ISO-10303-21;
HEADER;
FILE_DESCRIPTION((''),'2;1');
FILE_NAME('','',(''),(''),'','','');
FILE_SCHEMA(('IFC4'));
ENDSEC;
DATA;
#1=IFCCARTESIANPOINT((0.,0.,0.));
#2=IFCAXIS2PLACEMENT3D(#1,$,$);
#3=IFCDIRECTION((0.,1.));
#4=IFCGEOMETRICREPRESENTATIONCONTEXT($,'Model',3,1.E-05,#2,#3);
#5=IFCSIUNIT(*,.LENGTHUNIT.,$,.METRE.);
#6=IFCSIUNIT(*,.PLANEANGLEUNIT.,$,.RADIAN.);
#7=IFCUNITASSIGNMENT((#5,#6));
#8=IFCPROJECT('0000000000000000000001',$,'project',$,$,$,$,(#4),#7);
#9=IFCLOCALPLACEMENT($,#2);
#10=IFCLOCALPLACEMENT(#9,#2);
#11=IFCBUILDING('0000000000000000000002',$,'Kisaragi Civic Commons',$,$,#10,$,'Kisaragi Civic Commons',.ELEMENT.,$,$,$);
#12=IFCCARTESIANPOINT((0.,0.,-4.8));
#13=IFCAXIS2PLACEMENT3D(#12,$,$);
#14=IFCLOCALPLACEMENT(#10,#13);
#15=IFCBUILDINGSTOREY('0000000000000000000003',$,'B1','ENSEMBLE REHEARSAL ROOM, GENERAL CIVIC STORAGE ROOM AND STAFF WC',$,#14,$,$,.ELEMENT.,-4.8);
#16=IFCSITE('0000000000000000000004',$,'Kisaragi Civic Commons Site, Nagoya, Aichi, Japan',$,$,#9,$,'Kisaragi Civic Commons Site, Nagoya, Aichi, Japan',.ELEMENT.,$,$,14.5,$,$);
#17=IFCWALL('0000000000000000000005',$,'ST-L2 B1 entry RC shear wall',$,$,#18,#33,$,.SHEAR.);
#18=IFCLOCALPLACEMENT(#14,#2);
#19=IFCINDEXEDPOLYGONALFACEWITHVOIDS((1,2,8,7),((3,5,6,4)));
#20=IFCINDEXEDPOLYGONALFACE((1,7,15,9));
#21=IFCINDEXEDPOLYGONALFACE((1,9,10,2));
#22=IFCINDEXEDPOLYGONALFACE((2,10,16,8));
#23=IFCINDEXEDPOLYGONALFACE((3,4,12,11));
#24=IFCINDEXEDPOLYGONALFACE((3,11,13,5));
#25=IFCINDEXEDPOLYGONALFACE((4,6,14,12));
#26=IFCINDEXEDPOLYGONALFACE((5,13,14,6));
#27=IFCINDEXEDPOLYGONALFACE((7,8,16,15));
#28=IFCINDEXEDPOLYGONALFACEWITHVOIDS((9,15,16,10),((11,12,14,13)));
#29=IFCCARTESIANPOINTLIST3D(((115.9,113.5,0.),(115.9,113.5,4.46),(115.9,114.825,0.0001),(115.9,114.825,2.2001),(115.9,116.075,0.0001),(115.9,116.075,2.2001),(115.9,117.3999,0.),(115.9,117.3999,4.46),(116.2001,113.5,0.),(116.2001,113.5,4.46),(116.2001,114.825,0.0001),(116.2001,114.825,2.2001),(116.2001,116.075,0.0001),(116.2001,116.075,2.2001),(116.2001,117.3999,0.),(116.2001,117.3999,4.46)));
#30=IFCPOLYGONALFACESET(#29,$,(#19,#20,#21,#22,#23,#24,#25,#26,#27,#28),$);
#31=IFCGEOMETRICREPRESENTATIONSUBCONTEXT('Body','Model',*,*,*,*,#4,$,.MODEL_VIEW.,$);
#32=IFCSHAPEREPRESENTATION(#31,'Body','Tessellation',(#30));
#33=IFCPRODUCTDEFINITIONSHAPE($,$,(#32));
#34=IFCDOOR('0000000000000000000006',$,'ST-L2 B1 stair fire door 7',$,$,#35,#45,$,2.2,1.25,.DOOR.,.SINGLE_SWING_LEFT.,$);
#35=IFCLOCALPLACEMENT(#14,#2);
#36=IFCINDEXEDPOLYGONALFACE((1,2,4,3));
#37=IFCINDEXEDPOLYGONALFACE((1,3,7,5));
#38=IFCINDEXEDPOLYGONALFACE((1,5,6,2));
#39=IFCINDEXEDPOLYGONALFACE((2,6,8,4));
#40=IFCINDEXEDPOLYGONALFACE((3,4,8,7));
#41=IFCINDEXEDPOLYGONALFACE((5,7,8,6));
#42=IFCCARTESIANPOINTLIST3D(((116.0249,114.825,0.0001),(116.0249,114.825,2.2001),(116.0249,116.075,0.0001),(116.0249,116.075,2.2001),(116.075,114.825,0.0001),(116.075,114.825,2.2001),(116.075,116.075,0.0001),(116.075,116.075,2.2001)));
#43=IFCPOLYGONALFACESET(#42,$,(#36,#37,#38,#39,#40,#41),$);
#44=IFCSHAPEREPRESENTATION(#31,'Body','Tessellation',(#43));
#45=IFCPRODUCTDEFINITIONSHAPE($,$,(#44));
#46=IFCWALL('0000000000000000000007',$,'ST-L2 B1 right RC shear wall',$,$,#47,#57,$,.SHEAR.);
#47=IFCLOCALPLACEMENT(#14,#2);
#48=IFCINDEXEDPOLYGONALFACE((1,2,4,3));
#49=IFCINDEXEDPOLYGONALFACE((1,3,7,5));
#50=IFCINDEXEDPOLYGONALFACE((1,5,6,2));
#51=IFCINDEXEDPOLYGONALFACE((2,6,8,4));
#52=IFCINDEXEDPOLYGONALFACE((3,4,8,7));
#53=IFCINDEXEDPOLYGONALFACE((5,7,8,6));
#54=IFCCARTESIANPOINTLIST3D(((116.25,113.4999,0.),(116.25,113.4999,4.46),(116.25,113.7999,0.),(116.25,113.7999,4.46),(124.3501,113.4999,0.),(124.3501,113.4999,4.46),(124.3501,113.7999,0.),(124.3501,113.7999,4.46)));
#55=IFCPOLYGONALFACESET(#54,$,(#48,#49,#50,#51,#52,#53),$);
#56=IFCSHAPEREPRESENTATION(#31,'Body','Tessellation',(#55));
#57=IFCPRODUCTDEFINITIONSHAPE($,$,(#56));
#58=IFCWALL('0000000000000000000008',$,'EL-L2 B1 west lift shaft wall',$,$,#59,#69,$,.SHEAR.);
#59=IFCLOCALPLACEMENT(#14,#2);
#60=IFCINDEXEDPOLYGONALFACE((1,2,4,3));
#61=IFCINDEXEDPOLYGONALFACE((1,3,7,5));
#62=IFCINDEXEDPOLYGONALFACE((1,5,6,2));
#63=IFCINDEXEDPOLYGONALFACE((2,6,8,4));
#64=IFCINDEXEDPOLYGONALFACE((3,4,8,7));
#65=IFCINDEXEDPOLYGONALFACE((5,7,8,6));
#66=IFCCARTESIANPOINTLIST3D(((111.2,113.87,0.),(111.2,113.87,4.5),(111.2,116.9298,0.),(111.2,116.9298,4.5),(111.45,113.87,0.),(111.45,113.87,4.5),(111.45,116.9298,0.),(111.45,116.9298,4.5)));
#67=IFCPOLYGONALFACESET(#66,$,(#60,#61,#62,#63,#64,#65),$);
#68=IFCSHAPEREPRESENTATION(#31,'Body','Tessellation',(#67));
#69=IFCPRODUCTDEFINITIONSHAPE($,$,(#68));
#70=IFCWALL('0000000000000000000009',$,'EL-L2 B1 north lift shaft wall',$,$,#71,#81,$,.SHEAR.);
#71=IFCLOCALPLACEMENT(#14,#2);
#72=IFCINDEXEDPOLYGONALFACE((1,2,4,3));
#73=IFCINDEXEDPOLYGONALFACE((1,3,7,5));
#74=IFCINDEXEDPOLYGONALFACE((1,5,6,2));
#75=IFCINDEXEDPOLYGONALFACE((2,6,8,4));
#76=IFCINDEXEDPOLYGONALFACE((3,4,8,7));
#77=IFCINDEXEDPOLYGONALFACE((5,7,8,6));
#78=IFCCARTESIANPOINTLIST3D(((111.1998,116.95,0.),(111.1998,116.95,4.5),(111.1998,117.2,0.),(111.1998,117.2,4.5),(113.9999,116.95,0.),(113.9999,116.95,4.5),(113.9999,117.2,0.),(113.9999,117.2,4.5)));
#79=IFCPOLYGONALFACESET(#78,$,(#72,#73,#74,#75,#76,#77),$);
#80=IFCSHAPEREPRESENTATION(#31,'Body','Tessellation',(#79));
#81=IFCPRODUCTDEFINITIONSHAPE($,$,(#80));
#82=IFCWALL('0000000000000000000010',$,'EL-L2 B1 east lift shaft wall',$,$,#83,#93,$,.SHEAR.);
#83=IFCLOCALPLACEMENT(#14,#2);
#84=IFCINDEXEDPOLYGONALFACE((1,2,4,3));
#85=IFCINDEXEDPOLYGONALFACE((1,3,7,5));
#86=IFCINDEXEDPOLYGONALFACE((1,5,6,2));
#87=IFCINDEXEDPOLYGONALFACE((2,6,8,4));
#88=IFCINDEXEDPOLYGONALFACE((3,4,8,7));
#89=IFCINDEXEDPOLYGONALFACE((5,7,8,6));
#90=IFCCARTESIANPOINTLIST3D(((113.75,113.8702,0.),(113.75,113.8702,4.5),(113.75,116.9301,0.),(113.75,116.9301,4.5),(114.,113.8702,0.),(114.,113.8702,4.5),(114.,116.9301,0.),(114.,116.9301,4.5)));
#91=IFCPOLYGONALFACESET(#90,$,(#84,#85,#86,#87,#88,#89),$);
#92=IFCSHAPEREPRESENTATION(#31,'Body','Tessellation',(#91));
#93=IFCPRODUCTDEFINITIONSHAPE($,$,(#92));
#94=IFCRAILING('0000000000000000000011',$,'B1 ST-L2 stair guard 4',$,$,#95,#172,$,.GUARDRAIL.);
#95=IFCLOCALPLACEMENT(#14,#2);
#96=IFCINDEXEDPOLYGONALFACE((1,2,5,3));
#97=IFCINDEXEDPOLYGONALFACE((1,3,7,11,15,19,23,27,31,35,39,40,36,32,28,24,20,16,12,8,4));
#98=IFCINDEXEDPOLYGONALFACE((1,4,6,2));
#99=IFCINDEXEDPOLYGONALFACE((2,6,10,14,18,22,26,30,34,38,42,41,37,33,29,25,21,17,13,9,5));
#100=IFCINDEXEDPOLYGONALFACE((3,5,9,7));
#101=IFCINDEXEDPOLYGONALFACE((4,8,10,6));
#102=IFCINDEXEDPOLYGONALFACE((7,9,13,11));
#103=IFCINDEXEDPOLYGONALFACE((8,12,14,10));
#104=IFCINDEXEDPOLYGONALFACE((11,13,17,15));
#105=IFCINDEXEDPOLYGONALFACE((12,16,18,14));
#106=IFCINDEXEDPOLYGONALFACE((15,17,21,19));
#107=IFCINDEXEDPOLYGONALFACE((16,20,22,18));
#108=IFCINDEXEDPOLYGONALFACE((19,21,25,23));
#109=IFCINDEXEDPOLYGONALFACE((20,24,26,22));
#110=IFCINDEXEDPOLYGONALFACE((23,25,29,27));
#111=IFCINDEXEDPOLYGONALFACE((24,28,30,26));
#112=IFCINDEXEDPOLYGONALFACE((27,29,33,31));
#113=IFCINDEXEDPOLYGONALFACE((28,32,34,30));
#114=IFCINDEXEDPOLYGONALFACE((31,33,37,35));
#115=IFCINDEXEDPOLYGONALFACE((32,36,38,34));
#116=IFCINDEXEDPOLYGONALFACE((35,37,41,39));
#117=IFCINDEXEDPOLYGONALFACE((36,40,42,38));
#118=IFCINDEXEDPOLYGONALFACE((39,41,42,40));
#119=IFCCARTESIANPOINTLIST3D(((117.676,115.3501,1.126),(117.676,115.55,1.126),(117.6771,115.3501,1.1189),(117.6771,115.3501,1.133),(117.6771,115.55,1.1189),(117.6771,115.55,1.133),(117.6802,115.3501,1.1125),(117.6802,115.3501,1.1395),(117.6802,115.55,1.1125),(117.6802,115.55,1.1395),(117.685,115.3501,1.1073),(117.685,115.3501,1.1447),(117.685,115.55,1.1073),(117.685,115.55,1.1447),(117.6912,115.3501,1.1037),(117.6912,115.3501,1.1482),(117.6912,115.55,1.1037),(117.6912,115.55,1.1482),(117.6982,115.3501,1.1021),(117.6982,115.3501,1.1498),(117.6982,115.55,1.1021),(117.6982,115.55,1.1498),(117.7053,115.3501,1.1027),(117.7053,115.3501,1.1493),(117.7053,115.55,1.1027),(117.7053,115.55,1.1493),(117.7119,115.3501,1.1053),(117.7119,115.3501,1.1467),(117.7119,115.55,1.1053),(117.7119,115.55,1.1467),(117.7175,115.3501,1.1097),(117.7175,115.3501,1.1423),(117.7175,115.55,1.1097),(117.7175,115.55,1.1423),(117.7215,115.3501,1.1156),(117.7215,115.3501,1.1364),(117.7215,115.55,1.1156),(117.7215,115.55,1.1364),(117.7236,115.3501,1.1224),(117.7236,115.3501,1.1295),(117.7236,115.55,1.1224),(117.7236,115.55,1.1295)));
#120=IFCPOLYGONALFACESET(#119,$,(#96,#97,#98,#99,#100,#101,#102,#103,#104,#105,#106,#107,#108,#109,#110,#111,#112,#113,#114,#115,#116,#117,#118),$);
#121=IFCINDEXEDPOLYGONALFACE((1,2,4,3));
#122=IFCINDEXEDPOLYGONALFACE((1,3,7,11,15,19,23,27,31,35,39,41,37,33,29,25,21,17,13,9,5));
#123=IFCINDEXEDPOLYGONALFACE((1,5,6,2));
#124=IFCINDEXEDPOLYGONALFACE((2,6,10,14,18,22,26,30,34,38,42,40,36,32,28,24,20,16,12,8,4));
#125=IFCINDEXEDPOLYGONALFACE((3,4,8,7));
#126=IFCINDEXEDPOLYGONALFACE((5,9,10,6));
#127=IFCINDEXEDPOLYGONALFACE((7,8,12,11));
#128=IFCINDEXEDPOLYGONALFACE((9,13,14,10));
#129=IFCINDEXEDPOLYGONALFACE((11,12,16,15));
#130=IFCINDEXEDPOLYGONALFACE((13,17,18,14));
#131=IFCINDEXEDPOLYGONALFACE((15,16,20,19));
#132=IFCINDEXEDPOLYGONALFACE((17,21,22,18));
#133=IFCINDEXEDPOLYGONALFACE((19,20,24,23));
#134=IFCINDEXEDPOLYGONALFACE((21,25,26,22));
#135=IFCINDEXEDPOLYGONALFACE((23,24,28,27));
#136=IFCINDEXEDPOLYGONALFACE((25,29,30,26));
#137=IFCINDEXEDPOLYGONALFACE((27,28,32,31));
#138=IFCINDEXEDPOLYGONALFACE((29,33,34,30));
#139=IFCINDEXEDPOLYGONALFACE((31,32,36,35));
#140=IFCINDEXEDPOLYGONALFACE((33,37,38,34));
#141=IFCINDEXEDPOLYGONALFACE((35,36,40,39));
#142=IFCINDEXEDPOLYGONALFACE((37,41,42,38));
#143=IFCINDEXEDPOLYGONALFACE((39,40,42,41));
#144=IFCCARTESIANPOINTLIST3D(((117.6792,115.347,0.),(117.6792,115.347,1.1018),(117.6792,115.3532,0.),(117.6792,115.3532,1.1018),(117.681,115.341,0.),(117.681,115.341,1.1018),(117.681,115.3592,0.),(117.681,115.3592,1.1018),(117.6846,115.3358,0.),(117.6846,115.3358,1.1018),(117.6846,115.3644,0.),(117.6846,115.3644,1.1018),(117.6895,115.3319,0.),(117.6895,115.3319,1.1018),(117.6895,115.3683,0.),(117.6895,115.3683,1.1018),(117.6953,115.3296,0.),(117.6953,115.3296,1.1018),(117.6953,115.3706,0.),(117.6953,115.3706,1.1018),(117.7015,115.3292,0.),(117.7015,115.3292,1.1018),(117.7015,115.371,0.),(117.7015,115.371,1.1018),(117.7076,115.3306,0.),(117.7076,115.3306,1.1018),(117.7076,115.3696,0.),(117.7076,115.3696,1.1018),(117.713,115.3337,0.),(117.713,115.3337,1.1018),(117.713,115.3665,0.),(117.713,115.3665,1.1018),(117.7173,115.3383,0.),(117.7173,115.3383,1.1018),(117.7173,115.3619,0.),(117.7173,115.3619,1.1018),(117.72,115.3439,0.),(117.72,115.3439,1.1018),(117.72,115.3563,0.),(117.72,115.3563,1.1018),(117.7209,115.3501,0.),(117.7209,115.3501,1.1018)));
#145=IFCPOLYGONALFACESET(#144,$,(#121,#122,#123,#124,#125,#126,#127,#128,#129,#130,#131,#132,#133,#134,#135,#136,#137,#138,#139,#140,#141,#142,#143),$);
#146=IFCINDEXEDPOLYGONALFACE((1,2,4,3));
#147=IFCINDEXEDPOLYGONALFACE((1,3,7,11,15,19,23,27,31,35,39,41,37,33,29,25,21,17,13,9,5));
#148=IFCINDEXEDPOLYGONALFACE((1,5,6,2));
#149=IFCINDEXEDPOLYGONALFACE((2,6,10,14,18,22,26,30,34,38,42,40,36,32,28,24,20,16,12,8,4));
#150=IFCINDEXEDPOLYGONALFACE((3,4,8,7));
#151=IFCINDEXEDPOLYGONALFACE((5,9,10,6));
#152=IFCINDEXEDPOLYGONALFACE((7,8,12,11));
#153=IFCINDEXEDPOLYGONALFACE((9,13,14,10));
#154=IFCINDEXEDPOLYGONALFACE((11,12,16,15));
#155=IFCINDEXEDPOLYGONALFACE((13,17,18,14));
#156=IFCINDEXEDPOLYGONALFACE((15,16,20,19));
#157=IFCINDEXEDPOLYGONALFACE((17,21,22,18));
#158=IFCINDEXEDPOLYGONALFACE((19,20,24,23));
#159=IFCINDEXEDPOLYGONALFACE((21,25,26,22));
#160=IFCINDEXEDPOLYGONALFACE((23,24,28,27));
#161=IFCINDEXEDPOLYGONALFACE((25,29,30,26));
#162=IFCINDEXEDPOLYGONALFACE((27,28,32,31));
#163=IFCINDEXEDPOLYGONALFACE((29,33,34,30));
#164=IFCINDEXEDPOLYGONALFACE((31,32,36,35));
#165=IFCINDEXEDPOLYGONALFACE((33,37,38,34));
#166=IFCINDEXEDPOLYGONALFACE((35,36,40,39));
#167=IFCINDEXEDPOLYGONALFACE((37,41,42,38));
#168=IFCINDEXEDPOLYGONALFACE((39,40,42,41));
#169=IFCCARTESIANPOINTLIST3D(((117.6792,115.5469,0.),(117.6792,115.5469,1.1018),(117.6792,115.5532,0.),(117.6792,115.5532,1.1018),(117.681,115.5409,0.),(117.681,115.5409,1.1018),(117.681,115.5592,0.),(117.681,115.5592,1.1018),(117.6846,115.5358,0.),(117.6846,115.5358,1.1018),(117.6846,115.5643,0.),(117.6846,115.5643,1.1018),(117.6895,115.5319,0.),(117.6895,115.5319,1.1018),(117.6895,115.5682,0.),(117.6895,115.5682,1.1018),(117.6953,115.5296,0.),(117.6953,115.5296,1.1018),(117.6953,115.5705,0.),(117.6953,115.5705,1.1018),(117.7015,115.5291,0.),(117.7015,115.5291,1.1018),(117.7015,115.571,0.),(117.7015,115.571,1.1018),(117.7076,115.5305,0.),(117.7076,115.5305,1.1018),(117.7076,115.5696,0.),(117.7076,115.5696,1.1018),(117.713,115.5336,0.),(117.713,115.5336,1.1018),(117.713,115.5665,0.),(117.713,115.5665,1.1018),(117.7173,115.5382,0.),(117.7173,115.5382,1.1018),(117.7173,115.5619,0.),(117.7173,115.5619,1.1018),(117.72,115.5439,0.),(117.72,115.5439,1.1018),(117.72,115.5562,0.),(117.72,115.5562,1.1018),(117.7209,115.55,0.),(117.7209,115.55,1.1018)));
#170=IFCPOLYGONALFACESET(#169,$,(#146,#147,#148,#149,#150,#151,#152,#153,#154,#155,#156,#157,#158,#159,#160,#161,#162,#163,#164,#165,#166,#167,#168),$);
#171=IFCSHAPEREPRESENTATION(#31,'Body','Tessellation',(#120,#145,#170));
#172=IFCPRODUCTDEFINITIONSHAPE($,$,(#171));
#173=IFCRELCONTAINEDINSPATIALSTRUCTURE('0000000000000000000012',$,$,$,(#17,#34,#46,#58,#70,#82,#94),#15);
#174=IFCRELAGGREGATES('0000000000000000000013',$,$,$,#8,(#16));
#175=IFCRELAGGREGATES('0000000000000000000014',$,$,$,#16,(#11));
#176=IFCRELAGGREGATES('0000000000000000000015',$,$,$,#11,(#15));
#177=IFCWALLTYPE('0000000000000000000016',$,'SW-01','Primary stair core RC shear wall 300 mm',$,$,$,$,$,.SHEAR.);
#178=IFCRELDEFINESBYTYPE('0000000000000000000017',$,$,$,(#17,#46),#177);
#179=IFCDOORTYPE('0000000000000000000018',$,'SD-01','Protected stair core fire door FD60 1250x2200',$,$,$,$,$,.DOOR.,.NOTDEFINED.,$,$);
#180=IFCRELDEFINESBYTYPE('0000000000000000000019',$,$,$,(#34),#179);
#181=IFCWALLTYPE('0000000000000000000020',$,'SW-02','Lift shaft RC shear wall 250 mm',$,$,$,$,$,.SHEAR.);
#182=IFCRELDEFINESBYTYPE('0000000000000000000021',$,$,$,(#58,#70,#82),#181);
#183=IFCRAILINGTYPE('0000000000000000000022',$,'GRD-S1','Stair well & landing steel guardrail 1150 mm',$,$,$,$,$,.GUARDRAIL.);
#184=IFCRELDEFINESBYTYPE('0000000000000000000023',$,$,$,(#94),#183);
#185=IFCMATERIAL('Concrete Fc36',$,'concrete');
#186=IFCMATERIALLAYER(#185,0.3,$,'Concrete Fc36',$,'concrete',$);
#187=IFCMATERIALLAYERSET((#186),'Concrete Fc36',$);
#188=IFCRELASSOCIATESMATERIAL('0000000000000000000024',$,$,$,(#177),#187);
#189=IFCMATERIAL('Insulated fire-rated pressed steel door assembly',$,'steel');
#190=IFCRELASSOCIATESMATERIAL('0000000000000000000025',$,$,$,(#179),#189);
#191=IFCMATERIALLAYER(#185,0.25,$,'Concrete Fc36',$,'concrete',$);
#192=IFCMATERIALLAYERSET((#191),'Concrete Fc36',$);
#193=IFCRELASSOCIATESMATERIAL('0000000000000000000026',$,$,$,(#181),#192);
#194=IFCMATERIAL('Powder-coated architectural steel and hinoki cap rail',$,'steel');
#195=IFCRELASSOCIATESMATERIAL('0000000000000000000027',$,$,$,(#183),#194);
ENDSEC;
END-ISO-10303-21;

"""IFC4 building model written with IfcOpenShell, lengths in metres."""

from ifc_helpers import new_model, si_unit, direction, frame, frame_2d, origin, origin_2d, place, context, subcontext, project, spatial, rectangle, circle, extrude, material, layer, layer_set, type_object, element, fill, save


model = new_model("IFC4")

# Units and contexts
model_context = context("Model", 3, precision=1e-05, world=origin(), true_north=direction((0.0, 1.0)))
body_context = subcontext(model_context, "Body", "Model", "MODEL_VIEW")
ifc_project = project(units=[si_unit("LENGTHUNIT", "METRE"), si_unit("PLANEANGLEUNIT", "RADIAN")], contexts=[model_context])

# Site, building, storey
site_placement = place(None, origin())
site = spatial("IfcSite", under=ifc_project, at=site_placement, Name="Kisaragi Civic Commons Site, Nagoya, Aichi, Japan", LongName="Kisaragi Civic Commons Site, Nagoya, Aichi, Japan", CompositionType="ELEMENT", RefElevation=14.5)
building_placement = place(site_placement, origin())
building = spatial("IfcBuilding", under=site, at=building_placement, Name="Kisaragi Civic Commons", LongName="Kisaragi Civic Commons", CompositionType="ELEMENT")
storey_placement = place(building_placement, frame((0.0, 0.0, -4.8)))
storey = spatial("IfcBuildingStorey", under=building, at=storey_placement, Name="B1", Description="ENSEMBLE REHEARSAL ROOM, GENERAL CIVIC STORAGE ROOM AND STAFF WC", CompositionType="ELEMENT", Elevation=-4.8)

# Shared definitions
ifc_material_1 = material(Name="Concrete Fc36", Category="concrete")

# Wall, opening, door
ifc_layer_1 = layer(ifc_material_1, 0.3, Name="Concrete Fc36", Category="concrete")
ifc_layer_set_1 = layer_set([ifc_layer_1], Name="Concrete Fc36")
wall_type_1 = type_object("IfcWallType", Name="SW-01", Description="Primary stair core RC shear wall 300 mm", PredefinedType="SHEAR", material=ifc_layer_set_1)
wall_1_placement = place(storey_placement, frame((116.05, 117.3999, 0.0), z_axis=(0.0, 0.0, 1.0), x_axis=(0.0, -1.0, 0.0)))
wall_1 = element("IfcWall", 1, at=wall_1_placement, inside=storey, type_object=wall_type_1, Name="ST-L2 B1 entry RC shear wall", PredefinedType="SHEAR", context=body_context, shape_type="SweptSolid", body=[
    extrude(rectangle(XDim=3.8999, YDim=0.3, at=frame_2d((1.95, 0.0))), origin(), (0.0, 0.0, 1.0), 4.46),
])
opening_1_placement = place(wall_1_placement, frame((1.325, 0.0, 0.0)))
opening_1 = element("IfcOpeningElement", 2, at=opening_1_placement, cuts=wall_1, PredefinedType="OPENING", context=body_context, shape_type="SweptSolid", body=[
    extrude(rectangle(XDim=1.25, YDim=2.2, at=frame_2d((0.625, 1.1001))), frame((0.0, 0.1599, 0.0), z_axis=(0.0, -1.0, 0.0), x_axis=(1.0, 0.0, 0.0)), (0.0, 0.0, 1.0), 0.3201),
])
ifc_material_2 = material(Name="Insulated fire-rated pressed steel door assembly", Category="steel")
door_type_1 = type_object("IfcDoorType", Name="SD-01", Description="Protected stair core fire door FD60 1250x2200", OperationType="NOTDEFINED", PredefinedType="DOOR", material=ifc_material_2)
door_1_placement = place(opening_1_placement, origin())
door_1 = element("IfcDoor", 3, at=door_1_placement, inside=storey, type_object=door_type_1, Name="ST-L2 B1 stair fire door 7", OperationType="SINGLE_SWING_LEFT", OverallHeight=2.2, OverallWidth=1.25, PredefinedType="DOOR", context=body_context, shape_type="SweptSolid", body=[
    extrude(rectangle(XDim=1.25, YDim=2.2, at=frame_2d((0.625, 1.1001))), frame((0.0, 0.0249, 0.0), z_axis=(0.0, -1.0, 0.0), x_axis=(1.0, 0.0, 0.0)), (0.0, 0.0, 1.0), 0.05),
])
fill(opening_1, door_1)

# Wall
wall_2_placement = place(storey_placement, frame((116.25, 113.6499, 0.0), z_axis=(0.0, 0.0, 1.0), x_axis=(1.0, 0.0, 0.0)))
element("IfcWall", 4, at=wall_2_placement, inside=storey, type_object=wall_type_1, Name="ST-L2 B1 right RC shear wall", PredefinedType="SHEAR", context=body_context, shape_type="SweptSolid", body=[
    extrude(rectangle(XDim=8.1001, YDim=0.3, at=frame_2d((4.05, 0.0))), origin(), (0.0, 0.0, 1.0), 4.46),
])

# Shared definitions
ifc_layer_2 = layer(ifc_material_1, 0.25, Name="Concrete Fc36", Category="concrete")
ifc_layer_set_2 = layer_set([ifc_layer_2], Name="Concrete Fc36")
wall_type_2 = type_object("IfcWallType", Name="SW-02", Description="Lift shaft RC shear wall 250 mm", PredefinedType="SHEAR", material=ifc_layer_set_2)

# Walls
wall_3_placement = place(storey_placement, frame((111.325, 113.8701, 0.0), z_axis=(0.0, 0.0, 1.0), x_axis=(0.0, 1.0, 0.0)))
element("IfcWall", 5, at=wall_3_placement, inside=storey, type_object=wall_type_2, Name="EL-L2 B1 west lift shaft wall", PredefinedType="SHEAR", context=body_context, shape_type="SweptSolid", body=[
    extrude(rectangle(XDim=3.0598, YDim=0.25, at=frame_2d((1.5298, 0.0))), origin(), (0.0, 0.0, 1.0), 4.5),
])
wall_4_placement = place(storey_placement, frame((111.2, 117.075, 0.0), z_axis=(0.0, 0.0, 1.0), x_axis=(1.0, 0.0, 0.0)))
element("IfcWall", 6, at=wall_4_placement, inside=storey, type_object=wall_type_2, Name="EL-L2 B1 north lift shaft wall", PredefinedType="SHEAR", context=body_context, shape_type="SweptSolid", body=[
    extrude(rectangle(XDim=2.8, YDim=0.25, at=frame_2d((1.3999, 0.0))), origin(), (0.0, 0.0, 1.0), 4.5),
])
wall_5_placement = place(storey_placement, frame((113.875, 116.9299, 0.0), z_axis=(0.0, 0.0, 1.0), x_axis=(0.0, -1.0, 0.0)))
element("IfcWall", 7, at=wall_5_placement, inside=storey, type_object=wall_type_2, Name="EL-L2 B1 east lift shaft wall", PredefinedType="SHEAR", context=body_context, shape_type="SweptSolid", body=[
    extrude(rectangle(XDim=3.0598, YDim=0.25, at=frame_2d((1.5298, 0.0))), origin(), (0.0, 0.0, 1.0), 4.5),
])

# Railing
ifc_material_3 = material(Name="Powder-coated architectural steel and hinoki cap rail", Category="steel")
railing_type_1 = type_object("IfcRailingType", Name="GRD-S1", Description="Stair well & landing steel guardrail 1150 mm", PredefinedType="GUARDRAIL", material=ifc_material_3)
railing_1_placement = place(storey_placement, frame((117.7, 115.3501, 0.0)))
element("IfcRailing", 8, at=railing_1_placement, inside=storey, type_object=railing_type_1, Name="B1 ST-L2 stair guard 4", PredefinedType="GUARDRAIL", context=body_context, shape_type="SweptSolid", body=[
    extrude(circle(Radius=0.0239, at=origin_2d()), frame((0.0, 0.0, 1.126), z_axis=(0.0, 1.0, 0.0), x_axis=(-1.0, 0.0, 0.0)), (0.0, 0.0, 1.0), 0.2),
    extrude(circle(Radius=0.021, at=origin_2d()), origin(), (0.0, 0.0, 1.0), 1.1018),
    extrude(circle(Radius=0.021, at=origin_2d()), frame((0.0, 0.2, 0.0)), (0.0, 0.0, 1.0), 1.1018),
])

save(model, "model.ifc")
